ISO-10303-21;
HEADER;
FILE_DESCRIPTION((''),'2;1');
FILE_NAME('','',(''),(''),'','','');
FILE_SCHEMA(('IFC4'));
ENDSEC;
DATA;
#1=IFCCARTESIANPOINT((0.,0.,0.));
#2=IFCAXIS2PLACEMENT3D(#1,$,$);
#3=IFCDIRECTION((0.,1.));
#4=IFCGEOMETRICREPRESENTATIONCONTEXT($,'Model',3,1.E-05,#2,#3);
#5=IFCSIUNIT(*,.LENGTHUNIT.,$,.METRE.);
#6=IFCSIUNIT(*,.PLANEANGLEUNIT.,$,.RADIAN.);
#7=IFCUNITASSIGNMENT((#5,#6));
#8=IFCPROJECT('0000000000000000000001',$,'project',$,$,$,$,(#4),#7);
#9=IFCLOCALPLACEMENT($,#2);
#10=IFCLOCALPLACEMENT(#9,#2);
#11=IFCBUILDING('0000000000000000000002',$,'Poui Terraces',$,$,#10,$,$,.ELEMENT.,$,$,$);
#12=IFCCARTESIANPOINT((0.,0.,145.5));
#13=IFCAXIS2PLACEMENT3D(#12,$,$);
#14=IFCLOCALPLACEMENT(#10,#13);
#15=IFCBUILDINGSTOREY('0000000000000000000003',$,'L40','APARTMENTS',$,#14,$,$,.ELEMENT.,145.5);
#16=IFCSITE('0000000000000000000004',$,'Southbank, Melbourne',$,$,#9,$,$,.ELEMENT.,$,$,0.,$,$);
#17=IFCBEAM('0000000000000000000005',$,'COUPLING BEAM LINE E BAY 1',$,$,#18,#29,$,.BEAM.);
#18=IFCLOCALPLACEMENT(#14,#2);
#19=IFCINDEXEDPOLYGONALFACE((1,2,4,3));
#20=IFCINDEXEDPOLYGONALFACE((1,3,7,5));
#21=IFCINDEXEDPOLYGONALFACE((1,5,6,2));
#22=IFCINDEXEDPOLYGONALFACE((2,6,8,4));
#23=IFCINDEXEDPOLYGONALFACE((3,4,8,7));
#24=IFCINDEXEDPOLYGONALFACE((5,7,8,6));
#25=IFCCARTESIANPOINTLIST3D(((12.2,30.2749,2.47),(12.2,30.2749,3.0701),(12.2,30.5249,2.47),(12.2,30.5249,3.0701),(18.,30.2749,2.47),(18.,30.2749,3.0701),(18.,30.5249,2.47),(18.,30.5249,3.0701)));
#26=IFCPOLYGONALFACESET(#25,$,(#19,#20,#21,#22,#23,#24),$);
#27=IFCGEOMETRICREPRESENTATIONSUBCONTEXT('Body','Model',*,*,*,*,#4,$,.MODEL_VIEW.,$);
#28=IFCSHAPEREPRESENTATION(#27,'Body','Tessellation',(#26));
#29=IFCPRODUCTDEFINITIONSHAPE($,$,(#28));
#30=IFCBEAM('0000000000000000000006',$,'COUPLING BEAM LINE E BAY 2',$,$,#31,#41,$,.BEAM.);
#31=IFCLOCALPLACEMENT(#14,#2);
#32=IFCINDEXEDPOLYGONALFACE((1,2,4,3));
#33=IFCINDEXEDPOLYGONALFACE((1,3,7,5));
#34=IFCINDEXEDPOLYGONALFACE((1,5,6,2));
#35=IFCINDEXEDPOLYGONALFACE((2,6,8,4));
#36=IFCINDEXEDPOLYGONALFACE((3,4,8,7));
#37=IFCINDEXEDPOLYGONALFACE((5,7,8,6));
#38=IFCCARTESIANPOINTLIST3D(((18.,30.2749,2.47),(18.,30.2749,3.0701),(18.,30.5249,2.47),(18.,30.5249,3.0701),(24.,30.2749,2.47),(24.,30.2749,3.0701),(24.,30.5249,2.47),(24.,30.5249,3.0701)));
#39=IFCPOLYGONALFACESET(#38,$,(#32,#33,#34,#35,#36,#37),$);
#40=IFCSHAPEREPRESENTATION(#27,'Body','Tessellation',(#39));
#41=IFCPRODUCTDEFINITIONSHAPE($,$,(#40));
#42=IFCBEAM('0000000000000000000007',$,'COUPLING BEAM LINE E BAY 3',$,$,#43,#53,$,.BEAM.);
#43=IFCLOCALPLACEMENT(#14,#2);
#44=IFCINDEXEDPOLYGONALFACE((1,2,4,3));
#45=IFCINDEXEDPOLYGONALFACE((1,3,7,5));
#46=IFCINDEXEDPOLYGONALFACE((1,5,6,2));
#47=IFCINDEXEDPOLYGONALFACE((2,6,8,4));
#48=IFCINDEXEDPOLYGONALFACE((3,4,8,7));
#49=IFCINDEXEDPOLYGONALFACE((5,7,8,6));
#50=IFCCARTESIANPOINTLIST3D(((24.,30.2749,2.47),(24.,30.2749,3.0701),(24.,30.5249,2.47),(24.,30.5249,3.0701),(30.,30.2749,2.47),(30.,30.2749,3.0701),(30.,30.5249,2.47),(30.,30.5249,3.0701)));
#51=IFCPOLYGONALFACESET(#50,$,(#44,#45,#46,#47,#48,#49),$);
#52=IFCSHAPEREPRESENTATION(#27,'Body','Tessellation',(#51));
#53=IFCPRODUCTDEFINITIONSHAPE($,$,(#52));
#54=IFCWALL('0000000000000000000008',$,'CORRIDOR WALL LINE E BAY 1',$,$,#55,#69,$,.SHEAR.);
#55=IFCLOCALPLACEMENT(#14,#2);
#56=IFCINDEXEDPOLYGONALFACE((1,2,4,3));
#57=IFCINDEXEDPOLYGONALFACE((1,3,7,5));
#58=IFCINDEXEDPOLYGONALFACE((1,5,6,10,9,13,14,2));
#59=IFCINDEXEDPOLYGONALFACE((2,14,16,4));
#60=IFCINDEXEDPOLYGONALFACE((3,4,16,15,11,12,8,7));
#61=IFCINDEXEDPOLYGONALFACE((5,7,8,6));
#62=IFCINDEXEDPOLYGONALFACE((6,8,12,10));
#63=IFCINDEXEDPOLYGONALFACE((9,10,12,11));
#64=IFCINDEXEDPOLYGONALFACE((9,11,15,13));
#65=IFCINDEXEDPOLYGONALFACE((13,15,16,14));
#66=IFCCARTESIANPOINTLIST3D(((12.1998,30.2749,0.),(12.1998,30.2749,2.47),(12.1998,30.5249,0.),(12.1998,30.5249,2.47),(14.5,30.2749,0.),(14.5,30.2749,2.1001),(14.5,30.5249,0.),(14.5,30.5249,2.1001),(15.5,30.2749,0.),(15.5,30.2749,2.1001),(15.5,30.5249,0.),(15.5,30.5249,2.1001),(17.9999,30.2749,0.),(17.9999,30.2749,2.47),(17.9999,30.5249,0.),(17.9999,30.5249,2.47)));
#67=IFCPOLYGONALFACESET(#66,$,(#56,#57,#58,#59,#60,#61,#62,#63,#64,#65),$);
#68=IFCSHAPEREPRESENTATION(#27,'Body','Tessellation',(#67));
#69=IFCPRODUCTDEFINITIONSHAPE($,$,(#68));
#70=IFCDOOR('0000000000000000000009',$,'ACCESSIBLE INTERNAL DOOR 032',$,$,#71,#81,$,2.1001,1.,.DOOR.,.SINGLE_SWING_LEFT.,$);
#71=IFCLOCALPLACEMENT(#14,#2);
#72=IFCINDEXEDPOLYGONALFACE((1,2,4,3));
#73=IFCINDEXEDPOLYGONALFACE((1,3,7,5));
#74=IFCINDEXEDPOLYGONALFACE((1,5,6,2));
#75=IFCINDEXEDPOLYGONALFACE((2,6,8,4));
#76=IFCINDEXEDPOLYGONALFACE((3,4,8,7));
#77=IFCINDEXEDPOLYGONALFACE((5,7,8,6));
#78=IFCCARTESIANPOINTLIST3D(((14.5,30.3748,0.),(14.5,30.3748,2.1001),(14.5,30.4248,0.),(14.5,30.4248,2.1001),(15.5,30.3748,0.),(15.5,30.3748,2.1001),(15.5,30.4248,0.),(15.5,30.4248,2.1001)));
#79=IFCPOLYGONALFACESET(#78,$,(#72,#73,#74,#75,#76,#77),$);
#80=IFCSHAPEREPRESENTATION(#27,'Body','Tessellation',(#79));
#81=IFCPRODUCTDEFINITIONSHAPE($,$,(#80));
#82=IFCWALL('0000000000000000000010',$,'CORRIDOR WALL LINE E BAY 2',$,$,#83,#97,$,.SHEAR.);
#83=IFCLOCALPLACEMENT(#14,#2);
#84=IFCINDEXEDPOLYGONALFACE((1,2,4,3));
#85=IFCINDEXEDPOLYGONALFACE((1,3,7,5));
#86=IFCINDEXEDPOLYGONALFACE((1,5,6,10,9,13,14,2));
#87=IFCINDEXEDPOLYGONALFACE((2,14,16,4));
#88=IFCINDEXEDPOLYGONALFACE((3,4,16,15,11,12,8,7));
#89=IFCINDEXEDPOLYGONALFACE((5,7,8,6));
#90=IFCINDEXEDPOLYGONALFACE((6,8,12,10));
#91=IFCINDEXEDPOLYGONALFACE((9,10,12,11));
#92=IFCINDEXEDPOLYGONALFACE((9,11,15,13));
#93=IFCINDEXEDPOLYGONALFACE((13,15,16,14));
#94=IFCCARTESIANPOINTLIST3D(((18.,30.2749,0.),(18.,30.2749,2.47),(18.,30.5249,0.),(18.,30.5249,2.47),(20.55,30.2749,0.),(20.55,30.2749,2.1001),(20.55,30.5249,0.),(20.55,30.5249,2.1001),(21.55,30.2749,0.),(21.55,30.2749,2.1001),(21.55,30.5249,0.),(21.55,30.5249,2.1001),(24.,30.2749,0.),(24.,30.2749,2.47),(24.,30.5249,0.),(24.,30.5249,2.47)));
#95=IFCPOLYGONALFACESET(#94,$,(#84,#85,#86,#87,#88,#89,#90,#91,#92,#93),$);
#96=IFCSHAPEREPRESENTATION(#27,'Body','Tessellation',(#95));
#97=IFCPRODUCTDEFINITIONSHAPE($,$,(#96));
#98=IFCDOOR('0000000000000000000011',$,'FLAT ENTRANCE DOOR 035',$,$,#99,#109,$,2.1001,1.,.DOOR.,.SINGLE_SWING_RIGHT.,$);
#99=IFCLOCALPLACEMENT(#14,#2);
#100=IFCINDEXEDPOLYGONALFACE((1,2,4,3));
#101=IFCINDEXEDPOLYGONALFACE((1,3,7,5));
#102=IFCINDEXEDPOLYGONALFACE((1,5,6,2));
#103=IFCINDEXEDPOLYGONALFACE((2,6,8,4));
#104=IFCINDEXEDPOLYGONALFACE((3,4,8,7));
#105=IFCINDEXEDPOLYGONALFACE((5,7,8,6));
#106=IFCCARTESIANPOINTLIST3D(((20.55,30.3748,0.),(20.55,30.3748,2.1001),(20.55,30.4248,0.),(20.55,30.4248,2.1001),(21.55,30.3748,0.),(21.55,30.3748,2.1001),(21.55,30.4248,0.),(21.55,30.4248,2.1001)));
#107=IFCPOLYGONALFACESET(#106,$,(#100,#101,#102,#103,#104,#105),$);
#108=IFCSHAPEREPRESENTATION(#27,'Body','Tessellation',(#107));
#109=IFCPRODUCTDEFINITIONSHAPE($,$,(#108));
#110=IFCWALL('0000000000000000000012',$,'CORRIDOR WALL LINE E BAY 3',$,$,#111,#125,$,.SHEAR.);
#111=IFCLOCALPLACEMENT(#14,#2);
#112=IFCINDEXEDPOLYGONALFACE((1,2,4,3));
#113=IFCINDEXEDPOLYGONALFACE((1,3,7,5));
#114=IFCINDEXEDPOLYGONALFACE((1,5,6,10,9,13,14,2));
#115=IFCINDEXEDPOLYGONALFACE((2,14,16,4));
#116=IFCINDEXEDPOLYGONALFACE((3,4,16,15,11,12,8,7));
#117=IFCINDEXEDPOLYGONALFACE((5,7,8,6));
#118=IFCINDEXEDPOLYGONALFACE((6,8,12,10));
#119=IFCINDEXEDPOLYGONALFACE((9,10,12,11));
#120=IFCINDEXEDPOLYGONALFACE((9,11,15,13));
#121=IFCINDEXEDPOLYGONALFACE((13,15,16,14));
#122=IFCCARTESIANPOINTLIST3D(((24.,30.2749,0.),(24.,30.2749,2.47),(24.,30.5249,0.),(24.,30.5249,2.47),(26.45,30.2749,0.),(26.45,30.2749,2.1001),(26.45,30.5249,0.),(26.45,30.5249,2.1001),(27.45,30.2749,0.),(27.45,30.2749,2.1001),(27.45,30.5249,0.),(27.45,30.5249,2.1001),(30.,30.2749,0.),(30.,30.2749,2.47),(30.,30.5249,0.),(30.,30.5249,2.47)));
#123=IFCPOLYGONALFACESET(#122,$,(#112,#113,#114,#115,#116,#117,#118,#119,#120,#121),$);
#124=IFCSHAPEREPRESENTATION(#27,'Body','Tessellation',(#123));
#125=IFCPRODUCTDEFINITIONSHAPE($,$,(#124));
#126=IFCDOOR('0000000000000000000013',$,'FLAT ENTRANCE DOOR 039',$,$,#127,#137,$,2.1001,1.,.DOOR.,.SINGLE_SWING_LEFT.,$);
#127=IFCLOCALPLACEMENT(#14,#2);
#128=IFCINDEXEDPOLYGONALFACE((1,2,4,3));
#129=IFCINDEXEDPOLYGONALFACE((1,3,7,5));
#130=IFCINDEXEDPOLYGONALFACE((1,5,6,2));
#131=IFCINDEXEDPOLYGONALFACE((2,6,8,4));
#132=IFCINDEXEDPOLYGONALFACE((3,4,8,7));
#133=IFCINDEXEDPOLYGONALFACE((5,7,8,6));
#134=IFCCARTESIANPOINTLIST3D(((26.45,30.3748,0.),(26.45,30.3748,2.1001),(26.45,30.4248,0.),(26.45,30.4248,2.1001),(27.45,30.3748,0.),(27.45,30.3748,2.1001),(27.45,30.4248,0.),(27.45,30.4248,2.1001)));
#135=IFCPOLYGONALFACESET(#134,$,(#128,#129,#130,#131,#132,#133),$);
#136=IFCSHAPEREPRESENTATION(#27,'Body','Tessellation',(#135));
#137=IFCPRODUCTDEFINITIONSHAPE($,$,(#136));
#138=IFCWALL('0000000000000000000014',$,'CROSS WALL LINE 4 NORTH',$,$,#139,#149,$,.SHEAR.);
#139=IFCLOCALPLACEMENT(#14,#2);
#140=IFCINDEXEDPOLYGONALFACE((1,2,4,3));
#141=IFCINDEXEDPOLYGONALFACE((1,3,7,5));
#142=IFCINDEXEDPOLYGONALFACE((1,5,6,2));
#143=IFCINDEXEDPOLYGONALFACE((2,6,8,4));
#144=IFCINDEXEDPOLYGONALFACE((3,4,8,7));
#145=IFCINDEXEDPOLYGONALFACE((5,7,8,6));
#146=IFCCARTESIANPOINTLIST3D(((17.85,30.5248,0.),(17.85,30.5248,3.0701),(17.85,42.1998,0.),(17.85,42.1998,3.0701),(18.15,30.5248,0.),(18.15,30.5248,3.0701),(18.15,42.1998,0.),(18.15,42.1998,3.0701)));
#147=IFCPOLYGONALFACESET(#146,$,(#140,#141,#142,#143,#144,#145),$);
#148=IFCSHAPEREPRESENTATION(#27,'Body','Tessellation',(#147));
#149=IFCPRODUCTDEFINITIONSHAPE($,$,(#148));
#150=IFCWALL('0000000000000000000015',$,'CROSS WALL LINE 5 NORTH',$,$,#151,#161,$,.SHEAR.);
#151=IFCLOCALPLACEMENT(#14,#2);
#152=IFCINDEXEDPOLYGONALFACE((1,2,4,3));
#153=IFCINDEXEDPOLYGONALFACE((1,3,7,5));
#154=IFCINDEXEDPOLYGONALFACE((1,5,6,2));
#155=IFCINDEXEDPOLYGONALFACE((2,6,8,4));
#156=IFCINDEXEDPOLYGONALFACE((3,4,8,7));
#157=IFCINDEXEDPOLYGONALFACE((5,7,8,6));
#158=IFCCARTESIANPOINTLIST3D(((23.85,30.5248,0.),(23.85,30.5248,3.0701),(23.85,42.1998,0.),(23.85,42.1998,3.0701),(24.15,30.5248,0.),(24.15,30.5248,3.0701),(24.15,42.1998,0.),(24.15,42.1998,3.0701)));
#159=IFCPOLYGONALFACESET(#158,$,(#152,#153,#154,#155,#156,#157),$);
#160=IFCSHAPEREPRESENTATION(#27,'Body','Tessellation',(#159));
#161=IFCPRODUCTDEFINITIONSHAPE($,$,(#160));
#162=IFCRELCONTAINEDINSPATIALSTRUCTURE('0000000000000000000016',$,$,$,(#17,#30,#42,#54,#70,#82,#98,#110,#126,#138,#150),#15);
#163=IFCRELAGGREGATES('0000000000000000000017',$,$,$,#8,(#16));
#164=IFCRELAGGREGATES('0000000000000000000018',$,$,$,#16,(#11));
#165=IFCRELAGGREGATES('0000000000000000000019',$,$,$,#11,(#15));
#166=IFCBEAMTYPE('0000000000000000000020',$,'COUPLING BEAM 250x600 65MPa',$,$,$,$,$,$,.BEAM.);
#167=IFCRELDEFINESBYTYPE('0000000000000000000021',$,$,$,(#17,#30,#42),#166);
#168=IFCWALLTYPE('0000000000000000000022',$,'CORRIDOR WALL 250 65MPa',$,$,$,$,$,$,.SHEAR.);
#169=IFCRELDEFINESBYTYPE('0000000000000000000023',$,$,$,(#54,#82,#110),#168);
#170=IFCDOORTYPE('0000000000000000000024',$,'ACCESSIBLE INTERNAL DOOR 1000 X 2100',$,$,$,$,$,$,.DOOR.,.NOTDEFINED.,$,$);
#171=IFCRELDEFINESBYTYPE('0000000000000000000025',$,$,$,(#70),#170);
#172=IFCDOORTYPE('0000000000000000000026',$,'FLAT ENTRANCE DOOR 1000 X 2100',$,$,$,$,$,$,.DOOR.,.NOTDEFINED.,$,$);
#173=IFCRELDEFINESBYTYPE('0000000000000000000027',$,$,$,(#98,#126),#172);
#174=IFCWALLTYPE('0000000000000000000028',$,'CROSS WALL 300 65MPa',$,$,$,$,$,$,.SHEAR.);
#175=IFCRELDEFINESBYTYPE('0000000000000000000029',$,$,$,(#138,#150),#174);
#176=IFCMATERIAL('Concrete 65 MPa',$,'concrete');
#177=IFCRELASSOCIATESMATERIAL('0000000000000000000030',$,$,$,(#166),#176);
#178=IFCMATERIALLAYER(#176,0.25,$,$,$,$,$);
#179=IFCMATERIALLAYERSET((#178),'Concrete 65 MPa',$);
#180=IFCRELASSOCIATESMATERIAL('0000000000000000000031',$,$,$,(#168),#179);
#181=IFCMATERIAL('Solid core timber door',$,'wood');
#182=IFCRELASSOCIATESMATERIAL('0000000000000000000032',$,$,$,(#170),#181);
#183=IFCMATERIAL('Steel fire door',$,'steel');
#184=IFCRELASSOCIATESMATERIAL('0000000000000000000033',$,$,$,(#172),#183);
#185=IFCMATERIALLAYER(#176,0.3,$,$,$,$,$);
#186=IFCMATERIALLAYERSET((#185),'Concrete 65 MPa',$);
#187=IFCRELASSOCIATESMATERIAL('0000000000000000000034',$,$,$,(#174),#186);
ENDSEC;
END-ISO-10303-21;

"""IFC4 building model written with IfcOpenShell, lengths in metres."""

from ifc_helpers import new_model, si_unit, direction, frame, frame_2d, origin, origin_2d, place, context, subcontext, project, spatial, rectangle, extrude, source, transform, mapped, material, layer, layer_set, material_profile, profile_set, type_object, element, fill, save


model = new_model("IFC4")

# Units and contexts
model_context = context("Model", 3, precision=1e-05, world=origin(), true_north=direction((0.0, 1.0)))
body_context = subcontext(model_context, "Body", "Model", "MODEL_VIEW")
ifc_project = project(units=[si_unit("LENGTHUNIT", "METRE"), si_unit("PLANEANGLEUNIT", "RADIAN")], contexts=[model_context])

# Site, building, storey
site_placement = place(None, origin())
site = spatial("IfcSite", under=ifc_project, at=site_placement, Name="Southbank, Melbourne", CompositionType="ELEMENT", RefElevation=0.0)
building_placement = place(site_placement, origin())
building = spatial("IfcBuilding", under=site, at=building_placement, Name="Poui Terraces", CompositionType="ELEMENT")
storey_placement = place(building_placement, frame((0.0, 0.0, 145.5)))
storey = spatial("IfcBuildingStorey", under=building, at=storey_placement, Name="L40", Description="APARTMENTS", CompositionType="ELEMENT", Elevation=145.5)

# Beams
ifc_material_1 = material(Name="Concrete 65 MPa", Category="concrete")
ifc_material_profile_1 = material_profile(ifc_material_1, rectangle(XDim=0.25, YDim=0.6001, at=origin_2d()), Name="RC 250x600")
ifc_profile_set_1 = profile_set([ifc_material_profile_1], Name="Concrete 65 MPa")
beam_type = type_object("IfcBeamType", Name="COUPLING BEAM 250x600 65MPa", PredefinedType="BEAM", material=ifc_profile_set_1)
shared_shape_1 = source(origin(), body_context, "Body", "SweptSolid", [
    extrude(rectangle(XDim=0.25, YDim=0.6001, at=origin_2d()), origin(), (0.0, 0.0, 1.0), 5.8),
])
beam_placement = place(storey_placement, frame((12.2, 30.3999, 2.77), z_axis=(1.0, 0.0, 0.0), x_axis=(0.0, 1.0, 0.0)))
element("IfcBeam", 1, at=beam_placement, inside=storey, type_object=beam_type, Name="COUPLING BEAM LINE E BAY 1", PredefinedType="BEAM", context=body_context, shape_type="MappedRepresentation", body=[
    mapped(shared_shape_1, transform((0.0, 0.0, 0.0))),
])
shared_shape_2 = source(origin(), body_context, "Body", "SweptSolid", [
    extrude(rectangle(XDim=0.25, YDim=0.6001, at=origin_2d()), origin(), (0.0, 0.0, 1.0), 6.0),
])
for number, where, z_axis, x_axis, name in (
    (2, (18.0, 30.3999, 2.77), (1.0, 0.0, 0.0), (0.0, 1.0, 0.0), "COUPLING BEAM LINE E BAY 2"),
    (3, (24.0, 30.3999, 2.77), (1.0, 0.0, 0.0), (0.0, 1.0, 0.0), "COUPLING BEAM LINE E BAY 3"),
):
    element("IfcBeam", number, at=place(storey_placement, frame(where, z_axis=z_axis, x_axis=x_axis)), inside=storey, type_object=beam_type, Name=name, PredefinedType="BEAM", context=body_context, shape_type="MappedRepresentation", body=[
        mapped(shared_shape_2, transform((0.0, 0.0, 0.0))),
    ])

# Walls, openings, doors
ifc_layer_1 = layer(ifc_material_1, 0.25)
ifc_layer_set_1 = layer_set([ifc_layer_1], Name="Concrete 65 MPa")
wall_type_1 = type_object("IfcWallType", Name="CORRIDOR WALL 250 65MPa", PredefinedType="SHEAR", material=ifc_layer_set_1)
wall_1_placement = place(storey_placement, frame((12.2, 30.3999, 0.0), z_axis=(0.0, 0.0, 1.0), x_axis=(1.0, 0.0, 0.0)))
wall_1 = element("IfcWall", 4, at=wall_1_placement, inside=storey, type_object=wall_type_1, Name="CORRIDOR WALL LINE E BAY 1", PredefinedType="SHEAR", context=body_context, shape_type="SweptSolid", body=[
    extrude(rectangle(XDim=5.8, YDim=0.25, at=frame_2d((2.8999, 0.0))), origin(), (0.0, 0.0, 1.0), 2.47),
])
opening_1_placement = place(wall_1_placement, frame((2.3, 0.0, 0.0)))
opening_1 = element("IfcOpeningElement", 5, at=opening_1_placement, cuts=wall_1, PredefinedType="OPENING", context=body_context, shape_type="SweptSolid", body=[
    extrude(rectangle(XDim=1.0, YDim=2.1001, at=frame_2d((0.5, 1.05))), frame((0.0, 0.135, 0.0), z_axis=(0.0, -1.0, 0.0), x_axis=(1.0, 0.0, 0.0)), (0.0, 0.0, 1.0), 0.27),
])
ifc_material_2 = material(Name="Solid core timber door", Category="wood")
door_type_1 = type_object("IfcDoorType", Name="ACCESSIBLE INTERNAL DOOR 1000 X 2100", OperationType="NOTDEFINED", PredefinedType="DOOR", material=ifc_material_2)
door_1_placement = place(opening_1_placement, origin())
door_1 = element("IfcDoor", 6, at=door_1_placement, inside=storey, type_object=door_type_1, Name="ACCESSIBLE INTERNAL DOOR 032", OperationType="SINGLE_SWING_LEFT", OverallHeight=2.1001, OverallWidth=1.0, PredefinedType="DOOR", context=body_context, shape_type="SweptSolid", body=[
    extrude(rectangle(XDim=1.0, YDim=2.1001, at=frame_2d((0.5, 1.05))), frame((0.0, 0.0249, 0.0), z_axis=(0.0, -1.0, 0.0), x_axis=(1.0, 0.0, 0.0)), (0.0, 0.0, 1.0), 0.05),
])
fill(opening_1, door_1)
wall_2_placement = place(storey_placement, frame((18.0, 30.3999, 0.0), z_axis=(0.0, 0.0, 1.0), x_axis=(1.0, 0.0, 0.0)))
wall_2 = element("IfcWall", 7, at=wall_2_placement, inside=storey, type_object=wall_type_1, Name="CORRIDOR WALL LINE E BAY 2", PredefinedType="SHEAR", context=body_context, shape_type="SweptSolid", body=[
    extrude(rectangle(XDim=6.0, YDim=0.25, at=frame_2d((3.0, 0.0))), origin(), (0.0, 0.0, 1.0), 2.47),
])
opening_2_placement = place(wall_2_placement, frame((2.55, 0.0, 0.0)))
opening_2 = element("IfcOpeningElement", 8, at=opening_2_placement, cuts=wall_2, PredefinedType="OPENING", context=body_context, shape_type="SweptSolid", body=[
    extrude(rectangle(XDim=1.0, YDim=2.1001, at=frame_2d((0.5, 1.05))), frame((0.0, 0.135, 0.0), z_axis=(0.0, -1.0, 0.0), x_axis=(1.0, 0.0, 0.0)), (0.0, 0.0, 1.0), 0.27),
])
ifc_material_3 = material(Name="Steel fire door", Category="steel")
door_type_2 = type_object("IfcDoorType", Name="FLAT ENTRANCE DOOR 1000 X 2100", OperationType="NOTDEFINED", PredefinedType="DOOR", material=ifc_material_3)
door_2_placement = place(opening_2_placement, origin())
door_2 = element("IfcDoor", 9, at=door_2_placement, inside=storey, type_object=door_type_2, Name="FLAT ENTRANCE DOOR 035", OperationType="SINGLE_SWING_RIGHT", OverallHeight=2.1001, OverallWidth=1.0, PredefinedType="DOOR", context=body_context, shape_type="SweptSolid", body=[
    extrude(rectangle(XDim=1.0, YDim=2.1001, at=frame_2d((0.5, 1.05))), frame((0.0, 0.0249, 0.0), z_axis=(0.0, -1.0, 0.0), x_axis=(1.0, 0.0, 0.0)), (0.0, 0.0, 1.0), 0.05),
])
fill(opening_2, door_2)
wall_3_placement = place(storey_placement, frame((24.0, 30.3999, 0.0), z_axis=(0.0, 0.0, 1.0), x_axis=(1.0, 0.0, 0.0)))
wall_3 = element("IfcWall", 10, at=wall_3_placement, inside=storey, type_object=wall_type_1, Name="CORRIDOR WALL LINE E BAY 3", PredefinedType="SHEAR", context=body_context, shape_type="SweptSolid", body=[
    extrude(rectangle(XDim=6.0, YDim=0.25, at=frame_2d((3.0, 0.0))), origin(), (0.0, 0.0, 1.0), 2.47),
])
opening_3_placement = place(wall_3_placement, frame((2.45, 0.0, 0.0)))
opening_3 = element("IfcOpeningElement", 11, at=opening_3_placement, cuts=wall_3, PredefinedType="OPENING", context=body_context, shape_type="SweptSolid", body=[
    extrude(rectangle(XDim=1.0, YDim=2.1001, at=frame_2d((0.5, 1.05))), frame((0.0, 0.135, 0.0), z_axis=(0.0, -1.0, 0.0), x_axis=(1.0, 0.0, 0.0)), (0.0, 0.0, 1.0), 0.27),
])
door_3_placement = place(opening_3_placement, origin())
door_3 = element("IfcDoor", 12, at=door_3_placement, inside=storey, type_object=door_type_2, Name="FLAT ENTRANCE DOOR 039", OperationType="SINGLE_SWING_LEFT", OverallHeight=2.1001, OverallWidth=1.0, PredefinedType="DOOR", context=body_context, shape_type="SweptSolid", body=[
    extrude(rectangle(XDim=1.0, YDim=2.1001, at=frame_2d((0.5, 1.05))), frame((0.0, 0.0249, 0.0), z_axis=(0.0, -1.0, 0.0), x_axis=(1.0, 0.0, 0.0)), (0.0, 0.0, 1.0), 0.05),
])
fill(opening_3, door_3)

# Walls
ifc_layer_2 = layer(ifc_material_1, 0.3)
ifc_layer_set_2 = layer_set([ifc_layer_2], Name="Concrete 65 MPa")
wall_type_2 = type_object("IfcWallType", Name="CROSS WALL 300 65MPa", PredefinedType="SHEAR", material=ifc_layer_set_2)
for number, where, z_axis, x_axis, name in (
    (13, (18.0, 30.5249, 0.0), (0.0, 0.0, 1.0), (0.0, 1.0, 0.0), "CROSS WALL LINE 4 NORTH"),
    (14, (24.0, 30.5249, 0.0), (0.0, 0.0, 1.0), (0.0, 1.0, 0.0), "CROSS WALL LINE 5 NORTH"),
):
    element("IfcWall", number, at=place(storey_placement, frame(where, z_axis=z_axis, x_axis=x_axis)), inside=storey, type_object=wall_type_2, Name=name, PredefinedType="SHEAR", context=body_context, shape_type="SweptSolid", body=[
        extrude(rectangle(XDim=11.675, YDim=0.3, at=frame_2d((5.8374, 0.0))), origin(), (0.0, 0.0, 1.0), 3.0701),
    ])

save(model, "model.ifc")
